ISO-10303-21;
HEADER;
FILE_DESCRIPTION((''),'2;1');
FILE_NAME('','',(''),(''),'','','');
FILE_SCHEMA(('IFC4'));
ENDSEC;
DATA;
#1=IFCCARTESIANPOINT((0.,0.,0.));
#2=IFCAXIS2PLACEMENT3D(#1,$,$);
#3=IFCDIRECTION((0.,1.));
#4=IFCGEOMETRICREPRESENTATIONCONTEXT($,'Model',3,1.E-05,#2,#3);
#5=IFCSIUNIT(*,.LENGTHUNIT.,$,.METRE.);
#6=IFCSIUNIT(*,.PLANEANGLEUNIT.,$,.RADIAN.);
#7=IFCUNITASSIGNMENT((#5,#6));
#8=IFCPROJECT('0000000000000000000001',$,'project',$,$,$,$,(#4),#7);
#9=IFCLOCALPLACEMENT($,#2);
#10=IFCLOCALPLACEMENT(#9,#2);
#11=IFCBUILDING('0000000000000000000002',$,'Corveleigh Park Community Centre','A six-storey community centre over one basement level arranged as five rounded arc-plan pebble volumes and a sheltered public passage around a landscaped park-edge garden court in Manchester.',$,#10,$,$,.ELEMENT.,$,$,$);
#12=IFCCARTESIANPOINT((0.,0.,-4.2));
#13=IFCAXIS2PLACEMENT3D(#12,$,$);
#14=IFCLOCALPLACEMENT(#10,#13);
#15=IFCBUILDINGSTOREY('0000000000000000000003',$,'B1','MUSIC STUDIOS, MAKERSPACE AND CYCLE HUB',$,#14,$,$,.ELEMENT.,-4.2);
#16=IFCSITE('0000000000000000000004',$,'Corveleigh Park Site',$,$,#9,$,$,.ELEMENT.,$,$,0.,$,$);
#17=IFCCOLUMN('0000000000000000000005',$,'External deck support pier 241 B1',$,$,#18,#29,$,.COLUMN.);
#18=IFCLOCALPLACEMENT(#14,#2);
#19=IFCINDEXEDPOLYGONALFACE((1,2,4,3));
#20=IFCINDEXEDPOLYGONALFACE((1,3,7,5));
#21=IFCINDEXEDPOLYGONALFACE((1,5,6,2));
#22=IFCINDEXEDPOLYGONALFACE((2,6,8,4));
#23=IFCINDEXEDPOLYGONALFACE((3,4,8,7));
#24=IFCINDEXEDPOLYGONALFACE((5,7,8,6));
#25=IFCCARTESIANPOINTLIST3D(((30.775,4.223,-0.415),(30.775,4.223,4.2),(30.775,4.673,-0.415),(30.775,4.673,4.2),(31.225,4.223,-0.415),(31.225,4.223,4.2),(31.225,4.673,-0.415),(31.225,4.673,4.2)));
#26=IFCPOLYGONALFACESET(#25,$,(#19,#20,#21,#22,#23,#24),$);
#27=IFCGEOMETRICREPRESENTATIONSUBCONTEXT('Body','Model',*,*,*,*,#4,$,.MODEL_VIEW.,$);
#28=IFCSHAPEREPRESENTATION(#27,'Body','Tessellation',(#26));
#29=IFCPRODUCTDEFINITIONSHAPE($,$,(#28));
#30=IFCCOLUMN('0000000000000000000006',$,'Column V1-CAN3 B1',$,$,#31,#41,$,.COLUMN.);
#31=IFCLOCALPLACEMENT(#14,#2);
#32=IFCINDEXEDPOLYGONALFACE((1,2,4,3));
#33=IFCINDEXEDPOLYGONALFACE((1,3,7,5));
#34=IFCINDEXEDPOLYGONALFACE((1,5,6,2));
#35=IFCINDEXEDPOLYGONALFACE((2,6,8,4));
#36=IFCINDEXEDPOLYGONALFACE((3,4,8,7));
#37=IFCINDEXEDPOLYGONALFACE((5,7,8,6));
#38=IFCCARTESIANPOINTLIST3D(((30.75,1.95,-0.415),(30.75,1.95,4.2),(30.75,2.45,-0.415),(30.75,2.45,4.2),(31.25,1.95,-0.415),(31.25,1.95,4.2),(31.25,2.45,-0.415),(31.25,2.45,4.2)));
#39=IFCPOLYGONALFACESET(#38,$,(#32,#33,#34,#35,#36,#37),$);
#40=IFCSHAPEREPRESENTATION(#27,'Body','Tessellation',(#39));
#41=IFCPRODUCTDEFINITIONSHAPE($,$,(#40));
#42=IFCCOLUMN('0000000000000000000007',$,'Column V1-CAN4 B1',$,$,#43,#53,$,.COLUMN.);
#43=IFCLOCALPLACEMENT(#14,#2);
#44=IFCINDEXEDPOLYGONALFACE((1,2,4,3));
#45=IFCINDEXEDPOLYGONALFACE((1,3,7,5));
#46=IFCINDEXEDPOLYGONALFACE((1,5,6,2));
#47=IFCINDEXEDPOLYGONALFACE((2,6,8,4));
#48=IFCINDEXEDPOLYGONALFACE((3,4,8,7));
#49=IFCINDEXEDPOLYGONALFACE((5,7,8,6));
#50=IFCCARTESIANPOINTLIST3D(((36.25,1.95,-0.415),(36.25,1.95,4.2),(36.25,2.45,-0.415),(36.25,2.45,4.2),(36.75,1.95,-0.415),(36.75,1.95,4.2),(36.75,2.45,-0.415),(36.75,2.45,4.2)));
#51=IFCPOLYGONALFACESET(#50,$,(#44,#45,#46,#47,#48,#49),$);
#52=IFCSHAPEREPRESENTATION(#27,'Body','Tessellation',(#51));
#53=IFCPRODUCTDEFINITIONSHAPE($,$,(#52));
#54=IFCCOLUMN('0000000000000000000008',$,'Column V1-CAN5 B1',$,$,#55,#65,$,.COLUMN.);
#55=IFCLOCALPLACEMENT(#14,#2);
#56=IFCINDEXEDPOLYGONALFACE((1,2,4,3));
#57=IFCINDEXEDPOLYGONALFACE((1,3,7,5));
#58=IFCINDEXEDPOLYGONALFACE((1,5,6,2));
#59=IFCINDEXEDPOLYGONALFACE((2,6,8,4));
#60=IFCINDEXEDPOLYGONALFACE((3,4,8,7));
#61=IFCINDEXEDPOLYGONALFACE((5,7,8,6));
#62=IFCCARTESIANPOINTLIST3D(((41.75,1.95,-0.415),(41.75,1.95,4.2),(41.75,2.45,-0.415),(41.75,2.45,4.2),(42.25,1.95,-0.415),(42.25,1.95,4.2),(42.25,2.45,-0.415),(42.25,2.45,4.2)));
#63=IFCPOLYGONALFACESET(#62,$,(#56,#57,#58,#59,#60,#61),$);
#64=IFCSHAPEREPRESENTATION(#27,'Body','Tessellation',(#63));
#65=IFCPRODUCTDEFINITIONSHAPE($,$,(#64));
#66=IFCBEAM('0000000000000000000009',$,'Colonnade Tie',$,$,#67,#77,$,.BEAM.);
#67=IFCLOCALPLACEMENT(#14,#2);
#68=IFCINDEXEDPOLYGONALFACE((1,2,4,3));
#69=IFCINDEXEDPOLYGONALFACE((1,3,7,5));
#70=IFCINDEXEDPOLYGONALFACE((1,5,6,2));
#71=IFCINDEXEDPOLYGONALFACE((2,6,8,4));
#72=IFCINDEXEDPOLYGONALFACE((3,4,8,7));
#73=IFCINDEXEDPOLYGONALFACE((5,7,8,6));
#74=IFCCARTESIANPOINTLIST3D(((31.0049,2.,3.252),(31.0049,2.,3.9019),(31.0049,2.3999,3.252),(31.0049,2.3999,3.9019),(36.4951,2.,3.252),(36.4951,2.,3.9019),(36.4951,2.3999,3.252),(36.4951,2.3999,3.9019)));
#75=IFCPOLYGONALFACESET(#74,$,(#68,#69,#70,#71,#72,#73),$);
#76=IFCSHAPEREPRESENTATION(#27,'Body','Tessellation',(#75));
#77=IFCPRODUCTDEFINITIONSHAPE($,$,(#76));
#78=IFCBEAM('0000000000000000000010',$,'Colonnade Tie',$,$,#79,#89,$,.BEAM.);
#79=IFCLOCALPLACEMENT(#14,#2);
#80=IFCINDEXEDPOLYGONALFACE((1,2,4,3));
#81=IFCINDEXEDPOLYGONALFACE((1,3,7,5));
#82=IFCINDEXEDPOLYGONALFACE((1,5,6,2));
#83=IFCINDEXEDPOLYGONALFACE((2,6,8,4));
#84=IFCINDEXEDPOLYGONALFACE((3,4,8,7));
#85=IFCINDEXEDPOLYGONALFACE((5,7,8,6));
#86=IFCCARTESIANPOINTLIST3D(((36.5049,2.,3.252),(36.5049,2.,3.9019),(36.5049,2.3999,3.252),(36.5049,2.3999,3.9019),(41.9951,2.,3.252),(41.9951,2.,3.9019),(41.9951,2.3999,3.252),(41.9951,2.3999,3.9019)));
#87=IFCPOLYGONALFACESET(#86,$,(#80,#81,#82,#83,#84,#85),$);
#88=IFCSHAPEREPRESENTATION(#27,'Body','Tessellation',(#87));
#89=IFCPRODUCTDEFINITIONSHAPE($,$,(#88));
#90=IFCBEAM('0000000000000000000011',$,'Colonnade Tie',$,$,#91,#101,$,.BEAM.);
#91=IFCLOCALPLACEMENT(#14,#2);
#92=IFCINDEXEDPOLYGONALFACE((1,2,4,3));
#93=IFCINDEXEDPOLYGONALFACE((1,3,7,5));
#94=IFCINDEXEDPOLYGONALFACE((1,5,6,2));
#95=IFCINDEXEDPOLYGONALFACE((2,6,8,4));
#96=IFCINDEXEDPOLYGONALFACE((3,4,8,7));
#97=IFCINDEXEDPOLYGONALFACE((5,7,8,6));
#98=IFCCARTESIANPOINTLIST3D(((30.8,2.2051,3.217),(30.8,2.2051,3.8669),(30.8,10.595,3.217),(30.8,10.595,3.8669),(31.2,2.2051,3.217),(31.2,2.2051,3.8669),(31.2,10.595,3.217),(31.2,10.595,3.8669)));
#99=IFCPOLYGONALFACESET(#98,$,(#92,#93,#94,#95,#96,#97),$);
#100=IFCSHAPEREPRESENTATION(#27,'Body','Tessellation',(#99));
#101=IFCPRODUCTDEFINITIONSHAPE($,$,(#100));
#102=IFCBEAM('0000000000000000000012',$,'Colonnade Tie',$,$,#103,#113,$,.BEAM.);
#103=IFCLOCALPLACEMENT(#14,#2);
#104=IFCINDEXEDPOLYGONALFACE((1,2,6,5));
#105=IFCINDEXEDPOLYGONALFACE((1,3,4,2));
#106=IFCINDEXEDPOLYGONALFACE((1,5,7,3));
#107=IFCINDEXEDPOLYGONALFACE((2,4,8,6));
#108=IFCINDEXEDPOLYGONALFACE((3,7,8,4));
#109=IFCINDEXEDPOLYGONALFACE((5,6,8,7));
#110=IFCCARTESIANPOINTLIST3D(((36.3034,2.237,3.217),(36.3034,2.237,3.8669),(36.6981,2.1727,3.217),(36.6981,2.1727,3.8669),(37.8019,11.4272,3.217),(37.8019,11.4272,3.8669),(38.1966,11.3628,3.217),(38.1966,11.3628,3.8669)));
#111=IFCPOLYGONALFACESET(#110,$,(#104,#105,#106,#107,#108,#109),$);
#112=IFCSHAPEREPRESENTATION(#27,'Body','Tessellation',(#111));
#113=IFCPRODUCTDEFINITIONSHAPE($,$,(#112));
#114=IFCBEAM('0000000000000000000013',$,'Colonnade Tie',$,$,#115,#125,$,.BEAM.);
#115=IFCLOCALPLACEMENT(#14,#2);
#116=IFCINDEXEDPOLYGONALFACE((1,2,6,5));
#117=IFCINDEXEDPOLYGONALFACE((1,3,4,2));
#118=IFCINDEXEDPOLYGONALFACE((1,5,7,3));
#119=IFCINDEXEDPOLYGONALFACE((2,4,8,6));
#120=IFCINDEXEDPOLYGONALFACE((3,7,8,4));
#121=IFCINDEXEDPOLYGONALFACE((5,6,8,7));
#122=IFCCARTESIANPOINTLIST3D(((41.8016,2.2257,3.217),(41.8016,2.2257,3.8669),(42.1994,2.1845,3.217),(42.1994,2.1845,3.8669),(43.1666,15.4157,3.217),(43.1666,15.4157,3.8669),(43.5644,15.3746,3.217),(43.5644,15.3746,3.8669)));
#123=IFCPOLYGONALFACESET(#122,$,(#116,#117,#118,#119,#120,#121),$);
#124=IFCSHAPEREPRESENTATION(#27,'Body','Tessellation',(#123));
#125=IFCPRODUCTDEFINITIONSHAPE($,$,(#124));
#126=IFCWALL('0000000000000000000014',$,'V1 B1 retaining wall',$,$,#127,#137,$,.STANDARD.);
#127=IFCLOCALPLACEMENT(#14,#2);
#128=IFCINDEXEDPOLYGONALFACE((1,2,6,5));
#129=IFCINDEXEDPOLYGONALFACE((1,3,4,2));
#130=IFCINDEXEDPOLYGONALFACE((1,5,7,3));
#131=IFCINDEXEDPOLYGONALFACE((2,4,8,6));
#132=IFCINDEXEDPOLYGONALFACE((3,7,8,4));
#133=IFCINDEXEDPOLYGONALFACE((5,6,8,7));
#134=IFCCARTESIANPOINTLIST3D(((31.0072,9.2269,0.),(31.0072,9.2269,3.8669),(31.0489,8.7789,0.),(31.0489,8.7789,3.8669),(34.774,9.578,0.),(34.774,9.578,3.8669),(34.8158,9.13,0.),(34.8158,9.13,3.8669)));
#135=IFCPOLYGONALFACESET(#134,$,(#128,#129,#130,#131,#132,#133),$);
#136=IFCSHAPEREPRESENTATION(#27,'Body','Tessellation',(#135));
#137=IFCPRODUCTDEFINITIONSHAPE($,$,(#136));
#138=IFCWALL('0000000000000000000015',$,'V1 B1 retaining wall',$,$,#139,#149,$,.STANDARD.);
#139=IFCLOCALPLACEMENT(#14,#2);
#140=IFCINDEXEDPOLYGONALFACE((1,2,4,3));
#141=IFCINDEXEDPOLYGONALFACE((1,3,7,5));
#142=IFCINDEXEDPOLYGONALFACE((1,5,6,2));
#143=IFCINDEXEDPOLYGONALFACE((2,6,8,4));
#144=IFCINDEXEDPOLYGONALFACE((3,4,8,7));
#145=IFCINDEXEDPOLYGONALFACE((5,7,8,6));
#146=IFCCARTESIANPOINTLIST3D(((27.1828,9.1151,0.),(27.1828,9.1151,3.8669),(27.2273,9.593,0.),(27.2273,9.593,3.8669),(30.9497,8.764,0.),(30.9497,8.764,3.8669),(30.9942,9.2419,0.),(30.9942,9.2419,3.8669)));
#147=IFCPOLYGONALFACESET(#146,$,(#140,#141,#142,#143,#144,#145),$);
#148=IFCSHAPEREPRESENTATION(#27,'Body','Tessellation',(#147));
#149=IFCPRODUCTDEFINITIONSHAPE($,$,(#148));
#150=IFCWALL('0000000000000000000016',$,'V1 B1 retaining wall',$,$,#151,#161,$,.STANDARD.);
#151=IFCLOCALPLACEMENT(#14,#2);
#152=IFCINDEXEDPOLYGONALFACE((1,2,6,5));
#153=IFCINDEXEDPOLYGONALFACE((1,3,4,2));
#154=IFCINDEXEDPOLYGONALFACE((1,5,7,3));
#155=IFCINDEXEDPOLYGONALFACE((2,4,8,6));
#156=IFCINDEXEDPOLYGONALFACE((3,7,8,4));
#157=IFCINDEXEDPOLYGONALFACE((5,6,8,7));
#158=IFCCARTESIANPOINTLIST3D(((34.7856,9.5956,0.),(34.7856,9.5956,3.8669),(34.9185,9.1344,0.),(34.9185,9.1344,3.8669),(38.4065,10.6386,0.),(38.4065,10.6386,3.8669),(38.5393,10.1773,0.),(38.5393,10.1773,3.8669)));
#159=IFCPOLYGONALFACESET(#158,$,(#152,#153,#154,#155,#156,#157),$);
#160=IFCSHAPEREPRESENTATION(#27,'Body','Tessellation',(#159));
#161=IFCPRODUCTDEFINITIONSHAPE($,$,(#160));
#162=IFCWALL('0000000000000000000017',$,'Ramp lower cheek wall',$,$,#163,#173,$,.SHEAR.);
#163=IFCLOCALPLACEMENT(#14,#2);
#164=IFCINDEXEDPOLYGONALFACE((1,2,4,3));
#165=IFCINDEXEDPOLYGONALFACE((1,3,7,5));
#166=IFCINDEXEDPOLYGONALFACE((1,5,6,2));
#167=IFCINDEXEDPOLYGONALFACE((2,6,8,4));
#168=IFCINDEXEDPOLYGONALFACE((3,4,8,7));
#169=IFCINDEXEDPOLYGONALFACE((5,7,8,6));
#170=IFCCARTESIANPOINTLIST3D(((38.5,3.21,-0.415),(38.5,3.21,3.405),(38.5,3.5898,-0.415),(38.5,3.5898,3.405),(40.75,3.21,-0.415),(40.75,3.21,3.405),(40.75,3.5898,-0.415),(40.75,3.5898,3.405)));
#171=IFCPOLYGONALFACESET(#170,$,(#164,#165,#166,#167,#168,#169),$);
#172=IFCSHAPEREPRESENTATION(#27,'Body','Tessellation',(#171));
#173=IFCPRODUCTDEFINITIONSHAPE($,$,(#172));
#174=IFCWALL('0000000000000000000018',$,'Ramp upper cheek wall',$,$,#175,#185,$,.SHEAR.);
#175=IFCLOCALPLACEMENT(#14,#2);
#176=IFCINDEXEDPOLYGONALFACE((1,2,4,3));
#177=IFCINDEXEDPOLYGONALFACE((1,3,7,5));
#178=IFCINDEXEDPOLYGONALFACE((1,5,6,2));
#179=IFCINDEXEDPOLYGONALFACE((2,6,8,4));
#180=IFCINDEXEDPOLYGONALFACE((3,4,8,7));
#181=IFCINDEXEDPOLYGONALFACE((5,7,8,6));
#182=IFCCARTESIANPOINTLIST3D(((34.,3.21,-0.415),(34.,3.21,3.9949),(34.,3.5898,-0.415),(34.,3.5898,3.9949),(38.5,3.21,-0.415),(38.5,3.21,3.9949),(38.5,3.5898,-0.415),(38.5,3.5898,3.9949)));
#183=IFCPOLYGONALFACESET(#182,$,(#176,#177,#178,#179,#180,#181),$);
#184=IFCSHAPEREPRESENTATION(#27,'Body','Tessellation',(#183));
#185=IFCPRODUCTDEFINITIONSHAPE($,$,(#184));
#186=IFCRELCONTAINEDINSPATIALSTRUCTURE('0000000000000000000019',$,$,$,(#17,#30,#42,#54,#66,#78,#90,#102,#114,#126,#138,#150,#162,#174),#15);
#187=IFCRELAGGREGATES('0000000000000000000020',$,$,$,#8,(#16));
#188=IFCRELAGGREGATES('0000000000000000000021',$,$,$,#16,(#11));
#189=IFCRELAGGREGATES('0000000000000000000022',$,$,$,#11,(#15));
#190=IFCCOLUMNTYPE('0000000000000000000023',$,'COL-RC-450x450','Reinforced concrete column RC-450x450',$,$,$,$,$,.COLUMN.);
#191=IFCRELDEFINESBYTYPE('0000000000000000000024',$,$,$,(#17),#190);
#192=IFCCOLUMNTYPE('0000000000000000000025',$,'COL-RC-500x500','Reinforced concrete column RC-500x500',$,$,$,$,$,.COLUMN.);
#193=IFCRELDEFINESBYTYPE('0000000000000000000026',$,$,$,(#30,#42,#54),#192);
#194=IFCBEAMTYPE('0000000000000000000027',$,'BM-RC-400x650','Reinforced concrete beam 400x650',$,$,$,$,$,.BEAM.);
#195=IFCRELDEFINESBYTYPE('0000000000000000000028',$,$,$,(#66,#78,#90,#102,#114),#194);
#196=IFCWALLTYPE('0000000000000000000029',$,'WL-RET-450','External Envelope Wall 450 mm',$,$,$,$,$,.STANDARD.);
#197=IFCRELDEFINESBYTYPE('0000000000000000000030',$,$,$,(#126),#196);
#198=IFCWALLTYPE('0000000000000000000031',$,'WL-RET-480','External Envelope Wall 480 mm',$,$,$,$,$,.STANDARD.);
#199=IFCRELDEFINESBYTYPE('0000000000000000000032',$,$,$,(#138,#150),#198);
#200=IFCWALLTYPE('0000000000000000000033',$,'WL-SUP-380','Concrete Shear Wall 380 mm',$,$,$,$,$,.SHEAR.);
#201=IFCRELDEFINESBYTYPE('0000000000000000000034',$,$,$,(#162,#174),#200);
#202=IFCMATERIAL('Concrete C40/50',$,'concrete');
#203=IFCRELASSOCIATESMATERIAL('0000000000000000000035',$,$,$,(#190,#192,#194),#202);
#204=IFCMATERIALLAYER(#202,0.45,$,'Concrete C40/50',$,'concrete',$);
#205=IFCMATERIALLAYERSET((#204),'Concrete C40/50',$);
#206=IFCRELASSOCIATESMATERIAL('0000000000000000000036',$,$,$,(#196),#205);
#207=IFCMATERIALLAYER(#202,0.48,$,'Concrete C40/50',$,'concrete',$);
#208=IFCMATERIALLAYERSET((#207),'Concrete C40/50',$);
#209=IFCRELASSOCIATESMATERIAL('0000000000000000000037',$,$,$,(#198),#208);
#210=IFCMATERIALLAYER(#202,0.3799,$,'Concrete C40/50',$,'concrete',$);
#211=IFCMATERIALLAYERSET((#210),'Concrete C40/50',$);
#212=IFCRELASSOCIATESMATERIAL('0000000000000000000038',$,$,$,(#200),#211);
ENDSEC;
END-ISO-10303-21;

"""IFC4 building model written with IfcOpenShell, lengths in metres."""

from ifc_helpers import new_model, si_unit, direction, frame, frame_2d, origin, origin_2d, place, context, subcontext, project, spatial, rectangle, extrude, material, layer, layer_set, material_profile, profile_set, type_object, element, save


model = new_model("IFC4")

# Units and contexts
model_context = context("Model", 3, precision=1e-05, world=origin(), true_north=direction((0.0, 1.0)))
body_context = subcontext(model_context, "Body", "Model", "MODEL_VIEW")
ifc_project = project(units=[si_unit("LENGTHUNIT", "METRE"), si_unit("PLANEANGLEUNIT", "RADIAN")], contexts=[model_context])

# Site, building, storey
site_placement = place(None, origin())
site = spatial("IfcSite", under=ifc_project, at=site_placement, Name="Corveleigh Park Site", CompositionType="ELEMENT", RefElevation=0.0)
building_placement = place(site_placement, origin())
building = spatial("IfcBuilding", under=site, at=building_placement, Name="Corveleigh Park Community Centre", Description="A six-storey community centre over one basement level arranged as five rounded arc-plan pebble volumes and a sheltered public passage around a landscaped park-edge garden court in Manchester.", CompositionType="ELEMENT")
storey_placement = place(building_placement, frame((0.0, 0.0, -4.2)))
storey = spatial("IfcBuildingStorey", under=building, at=storey_placement, Name="B1", Description="MUSIC STUDIOS, MAKERSPACE AND CYCLE HUB", CompositionType="ELEMENT", Elevation=-4.2)

# Shared definitions
ifc_material_1 = material(Name="Concrete C40/50", Category="concrete")

# Columns
ifc_material_profile_1 = material_profile(ifc_material_1, rectangle(XDim=0.45, YDim=0.45, at=origin_2d()), Name="RC-450x450", Category="concrete")
ifc_profile_set_1 = profile_set([ifc_material_profile_1], Name="Concrete C40/50")
column_type_1 = type_object("IfcColumnType", Name="COL-RC-450x450", Description="Reinforced concrete column RC-450x450", PredefinedType="COLUMN", material=ifc_profile_set_1)
column_placement = place(storey_placement, frame((31.0, 4.448, -0.415), z_axis=(0.0, 0.0, 1.0), x_axis=(1.0, 0.0, 0.0)))
element("IfcColumn", 1, at=column_placement, inside=storey, type_object=column_type_1, Name="External deck support pier 241 B1", PredefinedType="COLUMN", context=body_context, shape_type="SweptSolid", body=[
    extrude(rectangle(XDim=0.45, YDim=0.45, at=origin_2d()), origin(), (0.0, 0.0, 1.0), 4.615),
])
ifc_material_profile_2 = material_profile(ifc_material_1, rectangle(XDim=0.5, YDim=0.5, at=origin_2d()), Name="RC-500x500", Category="concrete")
ifc_profile_set_2 = profile_set([ifc_material_profile_2], Name="Concrete C40/50")
column_type_2 = type_object("IfcColumnType", Name="COL-RC-500x500", Description="Reinforced concrete column RC-500x500", PredefinedType="COLUMN", material=ifc_profile_set_2)
for number, where, z_axis, x_axis, name in (
    (2, (31.0, 2.2, -0.415), (0.0, 0.0, 1.0), (1.0, 0.0, 0.0), "Column V1-CAN3 B1"),
    (3, (36.5, 2.2, -0.415), (0.0, 0.0, 1.0), (1.0, 0.0, 0.0), "Column V1-CAN4 B1"),
    (4, (42.0, 2.2, -0.415), (0.0, 0.0, 1.0), (1.0, 0.0, 0.0), "Column V1-CAN5 B1"),
):
    element("IfcColumn", number, at=place(storey_placement, frame(where, z_axis=z_axis, x_axis=x_axis)), inside=storey, type_object=column_type_2, Name=name, PredefinedType="COLUMN", context=body_context, shape_type="SweptSolid", body=[
        extrude(rectangle(XDim=0.5, YDim=0.5, at=origin_2d()), origin(), (0.0, 0.0, 1.0), 4.615),
    ])

# Beams
ifc_material_profile_3 = material_profile(ifc_material_1, rectangle(XDim=0.3999, YDim=0.6499, at=origin_2d()), Name="RC-400x650", Category="concrete")
ifc_profile_set_3 = profile_set([ifc_material_profile_3], Name="Concrete C40/50")
beam_type = type_object("IfcBeamType", Name="BM-RC-400x650", Description="Reinforced concrete beam 400x650", PredefinedType="BEAM", material=ifc_profile_set_3)
for number, where, z_axis, x_axis, name in (
    (5, (31.0049, 2.2, 3.5769), (1.0, 0.0, 0.0), (0.0, 1.0, 0.0), "Colonnade Tie"),
    (6, (36.5049, 2.2, 3.5769), (1.0, 0.0, 0.0), (0.0, 1.0, 0.0), "Colonnade Tie"),
):
    element("IfcBeam", number, at=place(storey_placement, frame(where, z_axis=z_axis, x_axis=x_axis)), inside=storey, type_object=beam_type, Name=name, PredefinedType="BEAM", context=body_context, shape_type="SweptSolid", body=[
        extrude(rectangle(XDim=0.3999, YDim=0.6499, at=origin_2d()), origin(), (0.0, 0.0, 1.0), 5.4902),
    ])
beam_1_placement = place(storey_placement, frame((31.0, 2.2051, 3.542), z_axis=(0.0, 1.0, 0.0), x_axis=(-1.0, 0.0, 0.0)))
element("IfcBeam", 7, at=beam_1_placement, inside=storey, type_object=beam_type, Name="Colonnade Tie", PredefinedType="BEAM", context=body_context, shape_type="SweptSolid", body=[
    extrude(rectangle(XDim=0.3999, YDim=0.6499, at=origin_2d()), origin(), (0.0, 0.0, 1.0), 8.3899),
])
beam_2_placement = place(storey_placement, frame((36.5007, 2.2048, 3.542), z_axis=(0.160933, 0.986965, 0.0), x_axis=(-0.986965, 0.160933, 0.0)))
element("IfcBeam", 8, at=beam_2_placement, inside=storey, type_object=beam_type, Name="Colonnade Tie", PredefinedType="BEAM", context=body_context, shape_type="SweptSolid", body=[
    extrude(rectangle(XDim=0.3999, YDim=0.6499, at=origin_2d()), origin(), (0.0, 0.0, 1.0), 9.3115),
])
beam_3_placement = place(storey_placement, frame((42.0005, 2.2051, 3.542), z_axis=(0.102937, 0.994688, 0.0), x_axis=(-0.994688, 0.102937, 0.0)))
element("IfcBeam", 9, at=beam_3_placement, inside=storey, type_object=beam_type, Name="Colonnade Tie", PredefinedType="BEAM", context=body_context, shape_type="SweptSolid", body=[
    extrude(rectangle(XDim=0.3999, YDim=0.6499, at=origin_2d()), origin(), (0.0, 0.0, 1.0), 13.2605),
])

# Walls
ifc_layer_1 = layer(ifc_material_1, 0.45, Name="Concrete C40/50", Category="concrete")
ifc_layer_set_1 = layer_set([ifc_layer_1], Name="Concrete C40/50")
wall_type_1 = type_object("IfcWallType", Name="WL-RET-450", Description="External Envelope Wall 450 mm", PredefinedType="STANDARD", material=ifc_layer_set_1)
wall_1_placement = place(storey_placement, frame((34.7949, 9.354, 0.0), z_axis=(0.0, 0.0, 1.0), x_axis=(-0.995685, -0.092799, 0.0)))
element("IfcWall", 10, at=wall_1_placement, inside=storey, type_object=wall_type_1, Name="V1 B1 retaining wall", PredefinedType="STANDARD", context=body_context, shape_type="SweptSolid", body=[
    extrude(rectangle(XDim=3.7832, YDim=0.45, at=frame_2d((1.8916, 0.0))), origin(), (0.0, 0.0, 1.0), 3.8669),
])
ifc_layer_2 = layer(ifc_material_1, 0.48, Name="Concrete C40/50", Category="concrete")
ifc_layer_set_2 = layer_set([ifc_layer_2], Name="Concrete C40/50")
wall_type_2 = type_object("IfcWallType", Name="WL-RET-480", Description="External Envelope Wall 480 mm", PredefinedType="STANDARD", material=ifc_layer_set_2)
wall_2_placement = place(storey_placement, frame((30.9719, 9.0029, 0.0), z_axis=(0.0, 0.0, 1.0), x_axis=(-0.995685, 0.092799, 0.0)))
element("IfcWall", 11, at=wall_2_placement, inside=storey, type_object=wall_type_2, Name="V1 B1 retaining wall", PredefinedType="STANDARD", context=body_context, shape_type="SweptSolid", body=[
    extrude(rectangle(XDim=3.7832, YDim=0.48, at=frame_2d((1.8916, 0.0))), origin(), (0.0, 0.0, 1.0), 3.8669),
])
wall_3_placement = place(storey_placement, frame((38.4729, 10.408, 0.0), z_axis=(0.0, 0.0, 1.0), x_axis=(-0.96093, -0.276791, 0.0)))
element("IfcWall", 12, at=wall_3_placement, inside=storey, type_object=wall_type_2, Name="V1 B1 retaining wall", PredefinedType="STANDARD", context=body_context, shape_type="SweptSolid", body=[
    extrude(rectangle(XDim=3.7681, YDim=0.48, at=frame_2d((1.884, 0.0))), origin(), (0.0, 0.0, 1.0), 3.8669),
])
ifc_layer_3 = layer(ifc_material_1, 0.3799, Name="Concrete C40/50", Category="concrete")
ifc_layer_set_3 = layer_set([ifc_layer_3], Name="Concrete C40/50")
wall_type_3 = type_object("IfcWallType", Name="WL-SUP-380", Description="Concrete Shear Wall 380 mm", PredefinedType="SHEAR", material=ifc_layer_set_3)
wall_4_placement = place(storey_placement, frame((40.75, 3.3999, -0.415), z_axis=(0.0, 0.0, 1.0), x_axis=(-1.0, 0.0, 0.0)))
element("IfcWall", 13, at=wall_4_placement, inside=storey, type_object=wall_type_3, Name="Ramp lower cheek wall", PredefinedType="SHEAR", context=body_context, shape_type="SweptSolid", body=[
    extrude(rectangle(XDim=2.25, YDim=0.3799, at=frame_2d((1.125, 0.0))), origin(), (0.0, 0.0, 1.0), 3.8201),
])
wall_5_placement = place(storey_placement, frame((38.5, 3.3999, -0.415), z_axis=(0.0, 0.0, 1.0), x_axis=(-1.0, 0.0, 0.0)))
element("IfcWall", 14, at=wall_5_placement, inside=storey, type_object=wall_type_3, Name="Ramp upper cheek wall", PredefinedType="SHEAR", context=body_context, shape_type="SweptSolid", body=[
    extrude(rectangle(XDim=4.5, YDim=0.3799, at=frame_2d((2.25, 0.0))), origin(), (0.0, 0.0, 1.0), 4.4099),
])

save(model, "model.ifc")
